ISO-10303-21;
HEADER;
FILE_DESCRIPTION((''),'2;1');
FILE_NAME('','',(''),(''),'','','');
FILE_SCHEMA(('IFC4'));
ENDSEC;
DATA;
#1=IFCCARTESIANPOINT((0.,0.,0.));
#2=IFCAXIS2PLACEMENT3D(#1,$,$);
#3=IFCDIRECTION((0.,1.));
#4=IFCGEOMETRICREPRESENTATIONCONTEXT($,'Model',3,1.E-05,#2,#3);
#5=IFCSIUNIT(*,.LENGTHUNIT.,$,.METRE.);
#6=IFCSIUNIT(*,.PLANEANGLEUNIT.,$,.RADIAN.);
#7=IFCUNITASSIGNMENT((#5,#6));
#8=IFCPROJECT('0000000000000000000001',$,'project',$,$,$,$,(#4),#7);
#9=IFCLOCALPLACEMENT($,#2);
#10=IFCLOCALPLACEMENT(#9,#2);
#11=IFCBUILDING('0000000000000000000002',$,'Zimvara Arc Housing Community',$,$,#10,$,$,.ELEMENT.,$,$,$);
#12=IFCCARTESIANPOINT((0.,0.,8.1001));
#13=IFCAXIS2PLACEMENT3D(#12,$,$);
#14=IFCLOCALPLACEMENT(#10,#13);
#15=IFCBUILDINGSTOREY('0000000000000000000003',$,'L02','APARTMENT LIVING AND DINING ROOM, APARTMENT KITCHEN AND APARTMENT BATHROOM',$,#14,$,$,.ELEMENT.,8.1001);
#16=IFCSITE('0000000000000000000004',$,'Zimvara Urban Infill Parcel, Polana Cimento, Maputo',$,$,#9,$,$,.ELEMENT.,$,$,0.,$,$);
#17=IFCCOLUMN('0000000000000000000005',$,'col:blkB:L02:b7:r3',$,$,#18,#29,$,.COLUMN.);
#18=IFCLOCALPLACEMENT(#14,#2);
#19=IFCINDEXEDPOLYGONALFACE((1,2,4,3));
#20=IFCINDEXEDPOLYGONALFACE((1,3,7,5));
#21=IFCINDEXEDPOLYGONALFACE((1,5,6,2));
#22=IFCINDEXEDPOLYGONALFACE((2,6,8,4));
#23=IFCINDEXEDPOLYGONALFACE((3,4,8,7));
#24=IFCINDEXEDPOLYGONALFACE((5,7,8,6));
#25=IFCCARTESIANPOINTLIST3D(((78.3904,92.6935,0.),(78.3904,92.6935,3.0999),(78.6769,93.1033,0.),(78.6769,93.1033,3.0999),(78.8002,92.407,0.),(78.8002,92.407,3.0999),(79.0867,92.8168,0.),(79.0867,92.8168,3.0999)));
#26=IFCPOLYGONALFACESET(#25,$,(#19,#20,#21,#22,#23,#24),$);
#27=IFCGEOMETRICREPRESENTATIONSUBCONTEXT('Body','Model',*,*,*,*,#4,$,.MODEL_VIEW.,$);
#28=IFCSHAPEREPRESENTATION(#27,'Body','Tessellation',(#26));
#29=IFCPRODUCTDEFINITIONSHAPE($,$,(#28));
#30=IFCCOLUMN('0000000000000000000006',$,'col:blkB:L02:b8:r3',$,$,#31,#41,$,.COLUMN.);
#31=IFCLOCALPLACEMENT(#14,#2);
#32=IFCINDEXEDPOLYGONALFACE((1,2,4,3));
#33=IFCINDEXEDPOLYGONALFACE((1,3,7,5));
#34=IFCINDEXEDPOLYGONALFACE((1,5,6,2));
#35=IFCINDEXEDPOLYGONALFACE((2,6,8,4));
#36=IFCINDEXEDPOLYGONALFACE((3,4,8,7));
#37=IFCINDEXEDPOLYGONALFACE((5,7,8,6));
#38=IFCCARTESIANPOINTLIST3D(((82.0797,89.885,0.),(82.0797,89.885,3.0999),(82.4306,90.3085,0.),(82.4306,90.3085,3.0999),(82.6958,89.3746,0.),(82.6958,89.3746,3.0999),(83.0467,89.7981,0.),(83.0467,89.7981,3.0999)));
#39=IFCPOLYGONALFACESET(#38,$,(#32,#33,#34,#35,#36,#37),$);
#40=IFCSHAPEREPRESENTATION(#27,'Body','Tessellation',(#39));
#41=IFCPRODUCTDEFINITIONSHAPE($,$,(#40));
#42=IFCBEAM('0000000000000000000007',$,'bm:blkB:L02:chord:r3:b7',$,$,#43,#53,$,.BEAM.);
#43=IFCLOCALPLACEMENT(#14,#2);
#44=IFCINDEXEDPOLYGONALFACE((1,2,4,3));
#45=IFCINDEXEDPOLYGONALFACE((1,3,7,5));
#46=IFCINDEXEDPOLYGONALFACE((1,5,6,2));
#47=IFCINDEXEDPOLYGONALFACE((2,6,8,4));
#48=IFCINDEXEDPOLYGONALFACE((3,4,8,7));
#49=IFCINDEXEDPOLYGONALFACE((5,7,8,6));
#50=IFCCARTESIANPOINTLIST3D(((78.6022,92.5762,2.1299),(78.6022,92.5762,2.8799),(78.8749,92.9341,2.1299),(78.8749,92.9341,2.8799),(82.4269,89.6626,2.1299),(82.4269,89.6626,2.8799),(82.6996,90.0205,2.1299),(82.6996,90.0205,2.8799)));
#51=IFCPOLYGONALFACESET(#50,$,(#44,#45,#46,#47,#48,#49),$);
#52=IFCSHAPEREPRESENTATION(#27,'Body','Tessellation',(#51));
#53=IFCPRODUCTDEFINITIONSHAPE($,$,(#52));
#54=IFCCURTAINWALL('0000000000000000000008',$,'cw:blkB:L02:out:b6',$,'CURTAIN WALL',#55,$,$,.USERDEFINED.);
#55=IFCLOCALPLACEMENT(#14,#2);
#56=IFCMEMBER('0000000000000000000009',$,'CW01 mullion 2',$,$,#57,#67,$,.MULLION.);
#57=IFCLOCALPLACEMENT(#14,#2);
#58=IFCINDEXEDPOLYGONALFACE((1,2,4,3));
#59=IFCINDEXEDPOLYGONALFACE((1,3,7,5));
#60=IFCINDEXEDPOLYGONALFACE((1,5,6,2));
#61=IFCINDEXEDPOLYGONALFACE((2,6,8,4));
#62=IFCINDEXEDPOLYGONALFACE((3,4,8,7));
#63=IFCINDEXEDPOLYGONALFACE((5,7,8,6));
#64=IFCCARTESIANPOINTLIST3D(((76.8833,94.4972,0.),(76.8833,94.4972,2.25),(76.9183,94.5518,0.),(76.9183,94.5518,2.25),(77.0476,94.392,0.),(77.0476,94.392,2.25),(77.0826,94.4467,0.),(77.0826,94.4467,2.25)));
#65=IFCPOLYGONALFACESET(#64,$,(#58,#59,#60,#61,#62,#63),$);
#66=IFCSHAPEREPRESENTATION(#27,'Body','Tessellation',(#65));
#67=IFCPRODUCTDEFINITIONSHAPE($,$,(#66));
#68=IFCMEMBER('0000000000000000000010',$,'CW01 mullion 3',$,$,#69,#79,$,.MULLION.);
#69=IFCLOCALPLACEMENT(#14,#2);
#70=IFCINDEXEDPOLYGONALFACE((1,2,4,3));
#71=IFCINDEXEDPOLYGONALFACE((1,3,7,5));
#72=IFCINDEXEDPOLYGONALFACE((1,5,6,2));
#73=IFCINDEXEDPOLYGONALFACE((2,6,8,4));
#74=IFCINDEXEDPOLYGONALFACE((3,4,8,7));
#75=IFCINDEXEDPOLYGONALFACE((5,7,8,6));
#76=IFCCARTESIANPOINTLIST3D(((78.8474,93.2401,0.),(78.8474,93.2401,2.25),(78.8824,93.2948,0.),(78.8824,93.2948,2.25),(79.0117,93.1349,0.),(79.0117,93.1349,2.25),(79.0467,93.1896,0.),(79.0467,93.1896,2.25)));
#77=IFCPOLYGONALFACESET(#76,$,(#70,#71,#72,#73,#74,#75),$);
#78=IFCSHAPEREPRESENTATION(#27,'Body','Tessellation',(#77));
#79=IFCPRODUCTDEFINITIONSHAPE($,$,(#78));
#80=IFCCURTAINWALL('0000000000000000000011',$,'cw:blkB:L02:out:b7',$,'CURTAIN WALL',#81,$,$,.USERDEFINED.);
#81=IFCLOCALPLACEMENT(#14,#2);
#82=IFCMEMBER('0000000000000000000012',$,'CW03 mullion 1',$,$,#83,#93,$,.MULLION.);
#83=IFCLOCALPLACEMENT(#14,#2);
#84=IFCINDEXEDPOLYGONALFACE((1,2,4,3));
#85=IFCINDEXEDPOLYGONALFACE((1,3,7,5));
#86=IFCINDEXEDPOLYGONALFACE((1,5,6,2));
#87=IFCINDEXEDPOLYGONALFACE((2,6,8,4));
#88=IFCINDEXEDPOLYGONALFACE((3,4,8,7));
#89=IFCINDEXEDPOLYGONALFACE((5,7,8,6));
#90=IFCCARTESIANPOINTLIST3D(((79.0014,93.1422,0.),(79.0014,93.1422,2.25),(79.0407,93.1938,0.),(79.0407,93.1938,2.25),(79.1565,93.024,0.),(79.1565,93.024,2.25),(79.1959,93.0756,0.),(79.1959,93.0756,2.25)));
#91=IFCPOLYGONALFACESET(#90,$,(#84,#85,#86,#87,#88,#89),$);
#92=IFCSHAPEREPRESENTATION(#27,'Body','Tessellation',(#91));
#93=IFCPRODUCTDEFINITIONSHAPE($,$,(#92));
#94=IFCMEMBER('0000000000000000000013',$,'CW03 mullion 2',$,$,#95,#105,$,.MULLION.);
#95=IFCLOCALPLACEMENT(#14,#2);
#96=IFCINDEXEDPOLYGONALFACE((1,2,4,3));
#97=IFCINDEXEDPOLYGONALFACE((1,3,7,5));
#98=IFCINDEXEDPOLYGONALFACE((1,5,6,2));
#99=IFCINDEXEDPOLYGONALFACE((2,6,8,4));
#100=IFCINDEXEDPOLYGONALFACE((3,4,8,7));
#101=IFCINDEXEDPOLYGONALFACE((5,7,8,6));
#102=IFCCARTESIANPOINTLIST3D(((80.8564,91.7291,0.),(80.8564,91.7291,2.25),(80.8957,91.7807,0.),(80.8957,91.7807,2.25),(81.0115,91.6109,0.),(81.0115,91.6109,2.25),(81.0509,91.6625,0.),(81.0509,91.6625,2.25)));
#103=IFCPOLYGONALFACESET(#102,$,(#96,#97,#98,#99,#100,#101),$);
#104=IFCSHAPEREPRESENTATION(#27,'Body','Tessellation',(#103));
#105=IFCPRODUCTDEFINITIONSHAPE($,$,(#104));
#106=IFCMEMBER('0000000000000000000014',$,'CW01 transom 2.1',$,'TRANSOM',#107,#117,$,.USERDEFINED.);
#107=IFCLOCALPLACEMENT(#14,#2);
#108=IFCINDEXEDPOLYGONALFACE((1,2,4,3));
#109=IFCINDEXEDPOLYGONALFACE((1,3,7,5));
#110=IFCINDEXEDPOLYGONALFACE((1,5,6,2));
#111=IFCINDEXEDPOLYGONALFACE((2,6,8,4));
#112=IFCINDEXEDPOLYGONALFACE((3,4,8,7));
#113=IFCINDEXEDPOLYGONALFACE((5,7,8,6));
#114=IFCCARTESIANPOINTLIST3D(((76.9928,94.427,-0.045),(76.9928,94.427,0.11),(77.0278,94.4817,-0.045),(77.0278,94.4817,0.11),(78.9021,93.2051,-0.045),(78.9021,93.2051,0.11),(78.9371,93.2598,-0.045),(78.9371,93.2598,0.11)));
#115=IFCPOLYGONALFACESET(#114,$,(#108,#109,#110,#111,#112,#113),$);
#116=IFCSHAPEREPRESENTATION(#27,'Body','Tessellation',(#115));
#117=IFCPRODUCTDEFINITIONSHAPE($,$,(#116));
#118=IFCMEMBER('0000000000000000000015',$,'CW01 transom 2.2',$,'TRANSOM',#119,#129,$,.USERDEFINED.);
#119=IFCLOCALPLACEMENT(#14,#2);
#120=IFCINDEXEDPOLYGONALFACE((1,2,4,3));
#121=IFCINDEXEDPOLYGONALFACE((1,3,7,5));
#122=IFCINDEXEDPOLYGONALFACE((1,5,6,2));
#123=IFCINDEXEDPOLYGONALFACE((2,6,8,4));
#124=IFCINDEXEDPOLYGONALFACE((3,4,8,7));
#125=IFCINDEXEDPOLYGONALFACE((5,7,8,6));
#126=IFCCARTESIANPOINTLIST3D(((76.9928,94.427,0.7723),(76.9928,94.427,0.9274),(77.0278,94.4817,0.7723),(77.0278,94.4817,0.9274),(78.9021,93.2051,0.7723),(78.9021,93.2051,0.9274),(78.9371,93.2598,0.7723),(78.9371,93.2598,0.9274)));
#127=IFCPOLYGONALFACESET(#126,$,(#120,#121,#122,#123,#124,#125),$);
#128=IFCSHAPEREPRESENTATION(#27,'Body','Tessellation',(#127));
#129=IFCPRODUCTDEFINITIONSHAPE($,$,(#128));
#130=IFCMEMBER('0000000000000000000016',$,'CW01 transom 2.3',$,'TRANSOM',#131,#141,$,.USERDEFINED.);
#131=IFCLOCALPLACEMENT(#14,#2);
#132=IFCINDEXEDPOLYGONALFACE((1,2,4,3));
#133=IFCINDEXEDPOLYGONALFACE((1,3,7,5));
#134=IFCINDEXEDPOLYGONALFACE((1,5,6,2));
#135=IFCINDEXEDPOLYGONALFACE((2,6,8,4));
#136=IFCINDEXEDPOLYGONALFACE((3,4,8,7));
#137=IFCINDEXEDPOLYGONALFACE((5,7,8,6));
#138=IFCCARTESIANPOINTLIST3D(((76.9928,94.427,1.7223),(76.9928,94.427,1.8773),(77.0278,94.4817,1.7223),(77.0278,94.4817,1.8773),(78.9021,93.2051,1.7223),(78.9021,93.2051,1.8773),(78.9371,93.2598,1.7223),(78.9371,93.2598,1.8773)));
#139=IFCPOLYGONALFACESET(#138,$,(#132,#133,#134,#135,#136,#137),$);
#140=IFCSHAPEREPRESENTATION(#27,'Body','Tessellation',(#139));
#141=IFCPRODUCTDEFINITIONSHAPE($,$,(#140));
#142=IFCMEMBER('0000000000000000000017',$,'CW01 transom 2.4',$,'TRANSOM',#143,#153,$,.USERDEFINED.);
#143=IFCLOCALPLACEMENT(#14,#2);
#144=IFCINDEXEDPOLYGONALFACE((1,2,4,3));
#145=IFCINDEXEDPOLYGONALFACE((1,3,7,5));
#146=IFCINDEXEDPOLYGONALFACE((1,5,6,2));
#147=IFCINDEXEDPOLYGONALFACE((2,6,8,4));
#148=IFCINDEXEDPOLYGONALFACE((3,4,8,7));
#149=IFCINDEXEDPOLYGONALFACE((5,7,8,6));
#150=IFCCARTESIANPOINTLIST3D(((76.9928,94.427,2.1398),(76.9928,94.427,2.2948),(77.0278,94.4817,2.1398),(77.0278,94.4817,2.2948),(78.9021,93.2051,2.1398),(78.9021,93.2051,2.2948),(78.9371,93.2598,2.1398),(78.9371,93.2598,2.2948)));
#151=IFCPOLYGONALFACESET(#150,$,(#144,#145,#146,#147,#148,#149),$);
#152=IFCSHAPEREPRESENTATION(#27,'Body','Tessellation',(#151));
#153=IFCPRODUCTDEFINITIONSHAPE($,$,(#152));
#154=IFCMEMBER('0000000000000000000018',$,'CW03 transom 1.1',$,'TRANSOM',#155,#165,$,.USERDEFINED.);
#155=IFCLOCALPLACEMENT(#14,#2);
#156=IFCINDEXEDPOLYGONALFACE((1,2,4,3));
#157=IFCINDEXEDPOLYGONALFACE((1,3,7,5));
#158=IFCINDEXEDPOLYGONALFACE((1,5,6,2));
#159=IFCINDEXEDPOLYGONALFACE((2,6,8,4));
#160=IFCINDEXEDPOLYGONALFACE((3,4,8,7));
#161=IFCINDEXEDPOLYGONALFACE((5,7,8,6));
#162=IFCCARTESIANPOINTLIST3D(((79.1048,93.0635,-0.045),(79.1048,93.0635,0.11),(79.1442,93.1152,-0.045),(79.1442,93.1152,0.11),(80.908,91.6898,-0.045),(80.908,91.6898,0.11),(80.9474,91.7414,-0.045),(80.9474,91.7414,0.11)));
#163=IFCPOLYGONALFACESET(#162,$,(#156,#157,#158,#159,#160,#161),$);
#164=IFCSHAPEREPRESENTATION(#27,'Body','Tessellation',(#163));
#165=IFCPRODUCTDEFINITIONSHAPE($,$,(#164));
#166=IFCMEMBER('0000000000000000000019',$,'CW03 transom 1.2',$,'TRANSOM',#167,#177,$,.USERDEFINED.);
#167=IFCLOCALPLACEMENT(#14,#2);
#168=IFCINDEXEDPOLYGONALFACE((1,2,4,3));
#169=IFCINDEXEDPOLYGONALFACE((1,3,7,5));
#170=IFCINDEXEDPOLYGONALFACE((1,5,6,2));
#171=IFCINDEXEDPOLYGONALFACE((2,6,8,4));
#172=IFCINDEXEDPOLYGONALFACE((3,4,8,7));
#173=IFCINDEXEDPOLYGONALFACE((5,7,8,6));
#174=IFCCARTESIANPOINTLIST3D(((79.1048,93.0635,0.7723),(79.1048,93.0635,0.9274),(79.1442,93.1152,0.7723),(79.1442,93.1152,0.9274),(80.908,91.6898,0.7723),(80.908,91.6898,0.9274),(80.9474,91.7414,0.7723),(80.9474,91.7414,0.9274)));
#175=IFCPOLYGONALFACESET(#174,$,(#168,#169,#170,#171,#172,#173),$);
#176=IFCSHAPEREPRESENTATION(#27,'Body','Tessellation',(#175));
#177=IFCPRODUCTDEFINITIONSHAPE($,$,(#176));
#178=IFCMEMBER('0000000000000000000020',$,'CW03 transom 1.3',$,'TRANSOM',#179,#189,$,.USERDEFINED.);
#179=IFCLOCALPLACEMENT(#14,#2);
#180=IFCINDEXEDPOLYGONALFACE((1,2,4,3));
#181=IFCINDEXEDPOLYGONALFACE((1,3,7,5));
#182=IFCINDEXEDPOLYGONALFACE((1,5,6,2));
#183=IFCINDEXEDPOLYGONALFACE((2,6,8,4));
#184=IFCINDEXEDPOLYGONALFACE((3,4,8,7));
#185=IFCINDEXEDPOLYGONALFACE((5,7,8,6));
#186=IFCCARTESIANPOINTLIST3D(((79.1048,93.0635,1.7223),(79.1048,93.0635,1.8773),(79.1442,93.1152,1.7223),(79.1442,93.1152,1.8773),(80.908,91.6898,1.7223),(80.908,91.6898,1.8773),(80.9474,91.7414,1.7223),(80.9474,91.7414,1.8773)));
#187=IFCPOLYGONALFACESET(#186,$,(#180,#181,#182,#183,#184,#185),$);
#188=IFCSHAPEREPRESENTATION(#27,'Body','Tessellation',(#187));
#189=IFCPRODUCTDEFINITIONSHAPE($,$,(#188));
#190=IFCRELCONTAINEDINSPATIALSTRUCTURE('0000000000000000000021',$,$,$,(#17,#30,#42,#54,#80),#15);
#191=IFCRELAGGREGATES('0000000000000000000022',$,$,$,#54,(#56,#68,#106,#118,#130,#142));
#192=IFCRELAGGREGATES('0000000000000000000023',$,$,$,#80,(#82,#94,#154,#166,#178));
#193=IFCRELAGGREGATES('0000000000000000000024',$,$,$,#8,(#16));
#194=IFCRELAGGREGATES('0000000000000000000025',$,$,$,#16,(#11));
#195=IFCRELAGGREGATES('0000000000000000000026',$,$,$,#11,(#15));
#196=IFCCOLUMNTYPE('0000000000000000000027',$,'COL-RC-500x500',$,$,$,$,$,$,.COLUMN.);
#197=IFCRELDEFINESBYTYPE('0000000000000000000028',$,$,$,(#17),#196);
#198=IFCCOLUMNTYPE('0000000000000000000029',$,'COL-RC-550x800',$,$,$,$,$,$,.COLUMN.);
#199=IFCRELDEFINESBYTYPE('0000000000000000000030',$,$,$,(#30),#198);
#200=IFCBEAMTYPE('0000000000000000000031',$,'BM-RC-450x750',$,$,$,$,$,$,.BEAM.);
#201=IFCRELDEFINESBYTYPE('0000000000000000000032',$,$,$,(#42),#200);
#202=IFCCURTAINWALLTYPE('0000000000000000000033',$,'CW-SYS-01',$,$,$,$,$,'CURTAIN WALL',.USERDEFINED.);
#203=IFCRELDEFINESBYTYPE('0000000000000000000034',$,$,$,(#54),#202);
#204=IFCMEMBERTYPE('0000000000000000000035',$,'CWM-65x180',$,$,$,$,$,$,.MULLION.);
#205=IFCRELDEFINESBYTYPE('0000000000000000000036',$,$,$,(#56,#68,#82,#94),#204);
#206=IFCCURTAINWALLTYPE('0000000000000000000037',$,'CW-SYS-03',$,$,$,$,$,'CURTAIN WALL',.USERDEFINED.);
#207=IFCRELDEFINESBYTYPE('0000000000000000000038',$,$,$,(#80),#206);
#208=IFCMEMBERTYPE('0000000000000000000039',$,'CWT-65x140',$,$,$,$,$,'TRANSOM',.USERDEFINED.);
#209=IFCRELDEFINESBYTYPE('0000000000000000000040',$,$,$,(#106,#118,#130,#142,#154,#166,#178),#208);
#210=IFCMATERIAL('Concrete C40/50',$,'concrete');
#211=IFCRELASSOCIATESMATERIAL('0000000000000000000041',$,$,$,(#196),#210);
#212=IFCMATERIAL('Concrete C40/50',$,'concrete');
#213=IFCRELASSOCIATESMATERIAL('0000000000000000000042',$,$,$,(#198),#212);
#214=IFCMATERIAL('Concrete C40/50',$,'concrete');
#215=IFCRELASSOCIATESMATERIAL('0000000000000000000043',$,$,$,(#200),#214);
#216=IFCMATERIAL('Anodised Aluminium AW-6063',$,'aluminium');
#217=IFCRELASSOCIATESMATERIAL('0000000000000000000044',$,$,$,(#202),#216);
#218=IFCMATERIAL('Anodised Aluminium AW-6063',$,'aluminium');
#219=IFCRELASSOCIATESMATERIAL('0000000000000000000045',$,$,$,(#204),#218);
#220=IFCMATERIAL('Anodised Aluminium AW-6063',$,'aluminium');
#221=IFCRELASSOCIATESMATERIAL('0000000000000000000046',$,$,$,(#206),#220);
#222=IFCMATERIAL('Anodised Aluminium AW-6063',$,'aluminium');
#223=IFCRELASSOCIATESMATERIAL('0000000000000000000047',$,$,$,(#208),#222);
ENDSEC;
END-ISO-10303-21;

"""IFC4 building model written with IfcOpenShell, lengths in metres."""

from ifc_helpers import new_model, si_unit, direction, frame, origin, origin_2d, place, context, subcontext, project, spatial, rectangle, extrude, material, material_profile, profile_set, type_object, element, aggregate, save


model = new_model("IFC4")

# Units and contexts
model_context = context("Model", 3, precision=1e-05, world=origin(), true_north=direction((0.0, 1.0)))
body_context = subcontext(model_context, "Body", "Model", "MODEL_VIEW")
ifc_project = project(units=[si_unit("LENGTHUNIT", "METRE"), si_unit("PLANEANGLEUNIT", "RADIAN")], contexts=[model_context])

# Site, building, storey
site_placement = place(None, origin())
site = spatial("IfcSite", under=ifc_project, at=site_placement, Name="Zimvara Urban Infill Parcel, Polana Cimento, Maputo", CompositionType="ELEMENT", RefElevation=0.0)
building_placement = place(site_placement, origin())
building = spatial("IfcBuilding", under=site, at=building_placement, Name="Zimvara Arc Housing Community", CompositionType="ELEMENT")
storey_placement = place(building_placement, frame((0.0, 0.0, 8.1001)))
storey = spatial("IfcBuildingStorey", under=building, at=storey_placement, Name="L02", Description="APARTMENT LIVING AND DINING ROOM, APARTMENT KITCHEN AND APARTMENT BATHROOM", CompositionType="ELEMENT", Elevation=8.1001)

# Columns
ifc_material_1 = material(Name="Concrete C40/50", Category="concrete")
ifc_material_profile_1 = material_profile(ifc_material_1, rectangle(XDim=0.5, YDim=0.5, at=origin_2d()), Name="RC 500x500")
ifc_profile_set_1 = profile_set([ifc_material_profile_1], Name="Concrete C40/50")
column_type_1 = type_object("IfcColumnType", Name="COL-RC-500x500", PredefinedType="COLUMN", material=ifc_profile_set_1)
column_1_placement = place(storey_placement, frame((78.7385, 92.7551, 0.0), z_axis=(0.0, 0.0, 1.0), x_axis=(0.573004, 0.819552, 0.0)))
element("IfcColumn", 1, at=column_1_placement, inside=storey, type_object=column_type_1, Name="col:blkB:L02:b7:r3", PredefinedType="COLUMN", context=body_context, shape_type="SweptSolid", body=[
    extrude(rectangle(XDim=0.5, YDim=0.5, at=origin_2d()), origin(), (0.0, 0.0, 1.0), 3.0999),
])
ifc_material_2 = material(Name="Concrete C40/50", Category="concrete")
ifc_material_profile_2 = material_profile(ifc_material_2, rectangle(XDim=0.55, YDim=0.8, at=origin_2d()), Name="RC 550x800")
ifc_profile_set_2 = profile_set([ifc_material_profile_2], Name="Concrete C40/50")
column_type_2 = type_object("IfcColumnType", Name="COL-RC-550x800", PredefinedType="COLUMN", material=ifc_profile_set_2)
column_2_placement = place(storey_placement, frame((82.5632, 89.8416, 0.0), z_axis=(0.0, 0.0, 1.0), x_axis=(0.637962, 0.770068, 0.0)))
element("IfcColumn", 2, at=column_2_placement, inside=storey, type_object=column_type_2, Name="col:blkB:L02:b8:r3", PredefinedType="COLUMN", context=body_context, shape_type="SweptSolid", body=[
    extrude(rectangle(XDim=0.55, YDim=0.8, at=origin_2d()), origin(), (0.0, 0.0, 1.0), 3.0999),
])

# Beam
ifc_material_3 = material(Name="Concrete C40/50", Category="concrete")
ifc_material_profile_3 = material_profile(ifc_material_3, rectangle(XDim=0.45, YDim=0.75, at=origin_2d()), Name="RC 450x750")
ifc_profile_set_3 = profile_set([ifc_material_profile_3], Name="Concrete C40/50")
beam_type = type_object("IfcBeamType", Name="BM-RC-450x750", PredefinedType="BEAM", material=ifc_profile_set_3)
beam_placement = place(storey_placement, frame((78.7385, 92.7551, 2.5049), z_axis=(0.795481, -0.605979, 0.0), x_axis=(0.605979, 0.795481, 0.0)))
element("IfcBeam", 3, at=beam_placement, inside=storey, type_object=beam_type, Name="bm:blkB:L02:chord:r3:b7", PredefinedType="BEAM", context=body_context, shape_type="SweptSolid", body=[
    extrude(rectangle(XDim=0.45, YDim=0.75, at=origin_2d()), origin(), (0.0, 0.0, 1.0), 4.8081),
])

# Curtain walls, members
ifc_material_4 = material(Name="Anodised Aluminium AW-6063", Category="aluminium")
curtain_wall_type_1 = type_object("IfcCurtainWallType", Name="CW-SYS-01", ElementType="CURTAIN WALL", PredefinedType="USERDEFINED", material=ifc_material_4)
curtain_wall_1_placement = place(storey_placement, origin())
curtain_wall_1 = element("IfcCurtainWall", 4, at=curtain_wall_1_placement, inside=storey, type_object=curtain_wall_type_1, Name="cw:blkB:L02:out:b6", ObjectType="CURTAIN WALL", PredefinedType="USERDEFINED")
ifc_material_5 = material(Name="Anodised Aluminium AW-6063", Category="aluminium")
ifc_material_profile_4 = material_profile(ifc_material_5, rectangle(XDim=0.0649, YDim=0.1951, at=origin_2d()), Name="ALU 65x195")
ifc_profile_set_4 = profile_set([ifc_material_profile_4], Name="Anodised Aluminium AW-6063")
member_type_1 = type_object("IfcMemberType", Name="CWM-65x180", PredefinedType="MULLION", material=ifc_profile_set_4)
member_1_placement = place(storey_placement, frame((76.9829, 94.4719, 0.0), z_axis=(0.0, 0.0, 1.0), x_axis=(0.539065, 0.842264, 0.0)))
member_1 = element("IfcMember", 5, at=member_1_placement, type_object=member_type_1, Name="CW01 mullion 2", PredefinedType="MULLION", context=body_context, shape_type="SweptSolid", body=[
    extrude(rectangle(XDim=0.0649, YDim=0.1951, at=origin_2d()), origin(), (0.0, 0.0, 1.0), 2.25),
])
member_2_placement = place(storey_placement, frame((78.947, 93.2148, 0.0), z_axis=(0.0, 0.0, 1.0), x_axis=(0.539065, 0.842264, 0.0)))
member_2 = element("IfcMember", 6, at=member_2_placement, type_object=member_type_1, Name="CW01 mullion 3", PredefinedType="MULLION", context=body_context, shape_type="SweptSolid", body=[
    extrude(rectangle(XDim=0.0649, YDim=0.1951, at=origin_2d()), origin(), (0.0, 0.0, 1.0), 2.25),
])
ifc_material_6 = material(Name="Anodised Aluminium AW-6063", Category="aluminium")
curtain_wall_type_2 = type_object("IfcCurtainWallType", Name="CW-SYS-03", ElementType="CURTAIN WALL", PredefinedType="USERDEFINED", material=ifc_material_6)
curtain_wall_2_placement = place(storey_placement, origin())
curtain_wall_2 = element("IfcCurtainWall", 7, at=curtain_wall_2_placement, inside=storey, type_object=curtain_wall_type_2, Name="cw:blkB:L02:out:b7", ObjectType="CURTAIN WALL", PredefinedType="USERDEFINED")
member_3_placement = place(storey_placement, frame((79.0986, 93.1089, 0.0), z_axis=(0.0, 0.0, 1.0), x_axis=(0.605988, 0.795474, 0.0)))
member_3 = element("IfcMember", 8, at=member_3_placement, type_object=member_type_1, Name="CW03 mullion 1", PredefinedType="MULLION", context=body_context, shape_type="SweptSolid", body=[
    extrude(rectangle(XDim=0.0649, YDim=0.1951, at=origin_2d()), origin(), (0.0, 0.0, 1.0), 2.25),
])
member_4_placement = place(storey_placement, frame((80.9536, 91.6958, 0.0), z_axis=(0.0, 0.0, 1.0), x_axis=(0.605988, 0.795474, 0.0)))
member_4 = element("IfcMember", 9, at=member_4_placement, type_object=member_type_1, Name="CW03 mullion 2", PredefinedType="MULLION", context=body_context, shape_type="SweptSolid", body=[
    extrude(rectangle(XDim=0.0649, YDim=0.1951, at=origin_2d()), origin(), (0.0, 0.0, 1.0), 2.25),
])

# Members
ifc_material_7 = material(Name="Anodised Aluminium AW-6063", Category="aluminium")
ifc_material_profile_5 = material_profile(ifc_material_7, rectangle(XDim=0.0649, YDim=0.155, at=origin_2d()), Name="ALU 65x155")
ifc_profile_set_5 = profile_set([ifc_material_profile_5], Name="Anodised Aluminium AW-6063")
member_type_2 = type_object("IfcMemberType", Name="CWT-65x140", ElementType="TRANSOM", PredefinedType="USERDEFINED", material=ifc_profile_set_5)
member_5_placement = place(storey_placement, frame((77.0103, 94.4543, 0.0325), z_axis=(0.842293, -0.53902, 0.0), x_axis=(0.53902, 0.842293, 0.0)))
member_5 = element("IfcMember", 10, at=member_5_placement, type_object=member_type_2, Name="CW01 transom 2.1", ObjectType="TRANSOM", PredefinedType="USERDEFINED", context=body_context, shape_type="SweptSolid", body=[
    extrude(rectangle(XDim=0.0649, YDim=0.155, at=origin_2d()), origin(), (0.0, 0.0, 1.0), 2.2668),
])
member_6_placement = place(storey_placement, frame((77.0103, 94.4543, 0.8499), z_axis=(0.842293, -0.53902, 0.0), x_axis=(0.53902, 0.842293, 0.0)))
member_6 = element("IfcMember", 11, at=member_6_placement, type_object=member_type_2, Name="CW01 transom 2.2", ObjectType="TRANSOM", PredefinedType="USERDEFINED", context=body_context, shape_type="SweptSolid", body=[
    extrude(rectangle(XDim=0.0649, YDim=0.155, at=origin_2d()), origin(), (0.0, 0.0, 1.0), 2.2668),
])
member_7_placement = place(storey_placement, frame((77.0103, 94.4543, 1.7998), z_axis=(0.842293, -0.53902, 0.0), x_axis=(0.53902, 0.842293, 0.0)))
member_7 = element("IfcMember", 12, at=member_7_placement, type_object=member_type_2, Name="CW01 transom 2.3", ObjectType="TRANSOM", PredefinedType="USERDEFINED", context=body_context, shape_type="SweptSolid", body=[
    extrude(rectangle(XDim=0.0649, YDim=0.155, at=origin_2d()), origin(), (0.0, 0.0, 1.0), 2.2668),
])
member_8_placement = place(storey_placement, frame((77.0103, 94.4543, 2.2173), z_axis=(0.842293, -0.53902, 0.0), x_axis=(0.53902, 0.842293, 0.0)))
member_8 = element("IfcMember", 13, at=member_8_placement, type_object=member_type_2, Name="CW01 transom 2.4", ObjectType="TRANSOM", PredefinedType="USERDEFINED", context=body_context, shape_type="SweptSolid", body=[
    extrude(rectangle(XDim=0.0649, YDim=0.155, at=origin_2d()), origin(), (0.0, 0.0, 1.0), 2.2668),
])
member_9_placement = place(storey_placement, frame((79.1245, 93.0894, 0.0325), z_axis=(0.795454, -0.606014, 0.0), x_axis=(0.606014, 0.795454, 0.0)))
member_9 = element("IfcMember", 14, at=member_9_placement, type_object=member_type_2, Name="CW03 transom 1.1", ObjectType="TRANSOM", PredefinedType="USERDEFINED", context=body_context, shape_type="SweptSolid", body=[
    extrude(rectangle(XDim=0.0649, YDim=0.155, at=origin_2d()), origin(), (0.0, 0.0, 1.0), 2.2668),
])
member_10_placement = place(storey_placement, frame((79.1245, 93.0894, 0.8499), z_axis=(0.795454, -0.606014, 0.0), x_axis=(0.606014, 0.795454, 0.0)))
member_10 = element("IfcMember", 15, at=member_10_placement, type_object=member_type_2, Name="CW03 transom 1.2", ObjectType="TRANSOM", PredefinedType="USERDEFINED", context=body_context, shape_type="SweptSolid", body=[
    extrude(rectangle(XDim=0.0649, YDim=0.155, at=origin_2d()), origin(), (0.0, 0.0, 1.0), 2.2668),
])
member_11_placement = place(storey_placement, frame((79.1245, 93.0894, 1.7998), z_axis=(0.795454, -0.606014, 0.0), x_axis=(0.606014, 0.795454, 0.0)))
member_11 = element("IfcMember", 16, at=member_11_placement, type_object=member_type_2, Name="CW03 transom 1.3", ObjectType="TRANSOM", PredefinedType="USERDEFINED", context=body_context, shape_type="SweptSolid", body=[
    extrude(rectangle(XDim=0.0649, YDim=0.155, at=origin_2d()), origin(), (0.0, 0.0, 1.0), 2.2668),
])

aggregate(curtain_wall_1, [member_1, member_2, member_5, member_6, member_7, member_8])
aggregate(curtain_wall_2, [member_3, member_4, member_9, member_10, member_11])

save(model, "model.ifc")
